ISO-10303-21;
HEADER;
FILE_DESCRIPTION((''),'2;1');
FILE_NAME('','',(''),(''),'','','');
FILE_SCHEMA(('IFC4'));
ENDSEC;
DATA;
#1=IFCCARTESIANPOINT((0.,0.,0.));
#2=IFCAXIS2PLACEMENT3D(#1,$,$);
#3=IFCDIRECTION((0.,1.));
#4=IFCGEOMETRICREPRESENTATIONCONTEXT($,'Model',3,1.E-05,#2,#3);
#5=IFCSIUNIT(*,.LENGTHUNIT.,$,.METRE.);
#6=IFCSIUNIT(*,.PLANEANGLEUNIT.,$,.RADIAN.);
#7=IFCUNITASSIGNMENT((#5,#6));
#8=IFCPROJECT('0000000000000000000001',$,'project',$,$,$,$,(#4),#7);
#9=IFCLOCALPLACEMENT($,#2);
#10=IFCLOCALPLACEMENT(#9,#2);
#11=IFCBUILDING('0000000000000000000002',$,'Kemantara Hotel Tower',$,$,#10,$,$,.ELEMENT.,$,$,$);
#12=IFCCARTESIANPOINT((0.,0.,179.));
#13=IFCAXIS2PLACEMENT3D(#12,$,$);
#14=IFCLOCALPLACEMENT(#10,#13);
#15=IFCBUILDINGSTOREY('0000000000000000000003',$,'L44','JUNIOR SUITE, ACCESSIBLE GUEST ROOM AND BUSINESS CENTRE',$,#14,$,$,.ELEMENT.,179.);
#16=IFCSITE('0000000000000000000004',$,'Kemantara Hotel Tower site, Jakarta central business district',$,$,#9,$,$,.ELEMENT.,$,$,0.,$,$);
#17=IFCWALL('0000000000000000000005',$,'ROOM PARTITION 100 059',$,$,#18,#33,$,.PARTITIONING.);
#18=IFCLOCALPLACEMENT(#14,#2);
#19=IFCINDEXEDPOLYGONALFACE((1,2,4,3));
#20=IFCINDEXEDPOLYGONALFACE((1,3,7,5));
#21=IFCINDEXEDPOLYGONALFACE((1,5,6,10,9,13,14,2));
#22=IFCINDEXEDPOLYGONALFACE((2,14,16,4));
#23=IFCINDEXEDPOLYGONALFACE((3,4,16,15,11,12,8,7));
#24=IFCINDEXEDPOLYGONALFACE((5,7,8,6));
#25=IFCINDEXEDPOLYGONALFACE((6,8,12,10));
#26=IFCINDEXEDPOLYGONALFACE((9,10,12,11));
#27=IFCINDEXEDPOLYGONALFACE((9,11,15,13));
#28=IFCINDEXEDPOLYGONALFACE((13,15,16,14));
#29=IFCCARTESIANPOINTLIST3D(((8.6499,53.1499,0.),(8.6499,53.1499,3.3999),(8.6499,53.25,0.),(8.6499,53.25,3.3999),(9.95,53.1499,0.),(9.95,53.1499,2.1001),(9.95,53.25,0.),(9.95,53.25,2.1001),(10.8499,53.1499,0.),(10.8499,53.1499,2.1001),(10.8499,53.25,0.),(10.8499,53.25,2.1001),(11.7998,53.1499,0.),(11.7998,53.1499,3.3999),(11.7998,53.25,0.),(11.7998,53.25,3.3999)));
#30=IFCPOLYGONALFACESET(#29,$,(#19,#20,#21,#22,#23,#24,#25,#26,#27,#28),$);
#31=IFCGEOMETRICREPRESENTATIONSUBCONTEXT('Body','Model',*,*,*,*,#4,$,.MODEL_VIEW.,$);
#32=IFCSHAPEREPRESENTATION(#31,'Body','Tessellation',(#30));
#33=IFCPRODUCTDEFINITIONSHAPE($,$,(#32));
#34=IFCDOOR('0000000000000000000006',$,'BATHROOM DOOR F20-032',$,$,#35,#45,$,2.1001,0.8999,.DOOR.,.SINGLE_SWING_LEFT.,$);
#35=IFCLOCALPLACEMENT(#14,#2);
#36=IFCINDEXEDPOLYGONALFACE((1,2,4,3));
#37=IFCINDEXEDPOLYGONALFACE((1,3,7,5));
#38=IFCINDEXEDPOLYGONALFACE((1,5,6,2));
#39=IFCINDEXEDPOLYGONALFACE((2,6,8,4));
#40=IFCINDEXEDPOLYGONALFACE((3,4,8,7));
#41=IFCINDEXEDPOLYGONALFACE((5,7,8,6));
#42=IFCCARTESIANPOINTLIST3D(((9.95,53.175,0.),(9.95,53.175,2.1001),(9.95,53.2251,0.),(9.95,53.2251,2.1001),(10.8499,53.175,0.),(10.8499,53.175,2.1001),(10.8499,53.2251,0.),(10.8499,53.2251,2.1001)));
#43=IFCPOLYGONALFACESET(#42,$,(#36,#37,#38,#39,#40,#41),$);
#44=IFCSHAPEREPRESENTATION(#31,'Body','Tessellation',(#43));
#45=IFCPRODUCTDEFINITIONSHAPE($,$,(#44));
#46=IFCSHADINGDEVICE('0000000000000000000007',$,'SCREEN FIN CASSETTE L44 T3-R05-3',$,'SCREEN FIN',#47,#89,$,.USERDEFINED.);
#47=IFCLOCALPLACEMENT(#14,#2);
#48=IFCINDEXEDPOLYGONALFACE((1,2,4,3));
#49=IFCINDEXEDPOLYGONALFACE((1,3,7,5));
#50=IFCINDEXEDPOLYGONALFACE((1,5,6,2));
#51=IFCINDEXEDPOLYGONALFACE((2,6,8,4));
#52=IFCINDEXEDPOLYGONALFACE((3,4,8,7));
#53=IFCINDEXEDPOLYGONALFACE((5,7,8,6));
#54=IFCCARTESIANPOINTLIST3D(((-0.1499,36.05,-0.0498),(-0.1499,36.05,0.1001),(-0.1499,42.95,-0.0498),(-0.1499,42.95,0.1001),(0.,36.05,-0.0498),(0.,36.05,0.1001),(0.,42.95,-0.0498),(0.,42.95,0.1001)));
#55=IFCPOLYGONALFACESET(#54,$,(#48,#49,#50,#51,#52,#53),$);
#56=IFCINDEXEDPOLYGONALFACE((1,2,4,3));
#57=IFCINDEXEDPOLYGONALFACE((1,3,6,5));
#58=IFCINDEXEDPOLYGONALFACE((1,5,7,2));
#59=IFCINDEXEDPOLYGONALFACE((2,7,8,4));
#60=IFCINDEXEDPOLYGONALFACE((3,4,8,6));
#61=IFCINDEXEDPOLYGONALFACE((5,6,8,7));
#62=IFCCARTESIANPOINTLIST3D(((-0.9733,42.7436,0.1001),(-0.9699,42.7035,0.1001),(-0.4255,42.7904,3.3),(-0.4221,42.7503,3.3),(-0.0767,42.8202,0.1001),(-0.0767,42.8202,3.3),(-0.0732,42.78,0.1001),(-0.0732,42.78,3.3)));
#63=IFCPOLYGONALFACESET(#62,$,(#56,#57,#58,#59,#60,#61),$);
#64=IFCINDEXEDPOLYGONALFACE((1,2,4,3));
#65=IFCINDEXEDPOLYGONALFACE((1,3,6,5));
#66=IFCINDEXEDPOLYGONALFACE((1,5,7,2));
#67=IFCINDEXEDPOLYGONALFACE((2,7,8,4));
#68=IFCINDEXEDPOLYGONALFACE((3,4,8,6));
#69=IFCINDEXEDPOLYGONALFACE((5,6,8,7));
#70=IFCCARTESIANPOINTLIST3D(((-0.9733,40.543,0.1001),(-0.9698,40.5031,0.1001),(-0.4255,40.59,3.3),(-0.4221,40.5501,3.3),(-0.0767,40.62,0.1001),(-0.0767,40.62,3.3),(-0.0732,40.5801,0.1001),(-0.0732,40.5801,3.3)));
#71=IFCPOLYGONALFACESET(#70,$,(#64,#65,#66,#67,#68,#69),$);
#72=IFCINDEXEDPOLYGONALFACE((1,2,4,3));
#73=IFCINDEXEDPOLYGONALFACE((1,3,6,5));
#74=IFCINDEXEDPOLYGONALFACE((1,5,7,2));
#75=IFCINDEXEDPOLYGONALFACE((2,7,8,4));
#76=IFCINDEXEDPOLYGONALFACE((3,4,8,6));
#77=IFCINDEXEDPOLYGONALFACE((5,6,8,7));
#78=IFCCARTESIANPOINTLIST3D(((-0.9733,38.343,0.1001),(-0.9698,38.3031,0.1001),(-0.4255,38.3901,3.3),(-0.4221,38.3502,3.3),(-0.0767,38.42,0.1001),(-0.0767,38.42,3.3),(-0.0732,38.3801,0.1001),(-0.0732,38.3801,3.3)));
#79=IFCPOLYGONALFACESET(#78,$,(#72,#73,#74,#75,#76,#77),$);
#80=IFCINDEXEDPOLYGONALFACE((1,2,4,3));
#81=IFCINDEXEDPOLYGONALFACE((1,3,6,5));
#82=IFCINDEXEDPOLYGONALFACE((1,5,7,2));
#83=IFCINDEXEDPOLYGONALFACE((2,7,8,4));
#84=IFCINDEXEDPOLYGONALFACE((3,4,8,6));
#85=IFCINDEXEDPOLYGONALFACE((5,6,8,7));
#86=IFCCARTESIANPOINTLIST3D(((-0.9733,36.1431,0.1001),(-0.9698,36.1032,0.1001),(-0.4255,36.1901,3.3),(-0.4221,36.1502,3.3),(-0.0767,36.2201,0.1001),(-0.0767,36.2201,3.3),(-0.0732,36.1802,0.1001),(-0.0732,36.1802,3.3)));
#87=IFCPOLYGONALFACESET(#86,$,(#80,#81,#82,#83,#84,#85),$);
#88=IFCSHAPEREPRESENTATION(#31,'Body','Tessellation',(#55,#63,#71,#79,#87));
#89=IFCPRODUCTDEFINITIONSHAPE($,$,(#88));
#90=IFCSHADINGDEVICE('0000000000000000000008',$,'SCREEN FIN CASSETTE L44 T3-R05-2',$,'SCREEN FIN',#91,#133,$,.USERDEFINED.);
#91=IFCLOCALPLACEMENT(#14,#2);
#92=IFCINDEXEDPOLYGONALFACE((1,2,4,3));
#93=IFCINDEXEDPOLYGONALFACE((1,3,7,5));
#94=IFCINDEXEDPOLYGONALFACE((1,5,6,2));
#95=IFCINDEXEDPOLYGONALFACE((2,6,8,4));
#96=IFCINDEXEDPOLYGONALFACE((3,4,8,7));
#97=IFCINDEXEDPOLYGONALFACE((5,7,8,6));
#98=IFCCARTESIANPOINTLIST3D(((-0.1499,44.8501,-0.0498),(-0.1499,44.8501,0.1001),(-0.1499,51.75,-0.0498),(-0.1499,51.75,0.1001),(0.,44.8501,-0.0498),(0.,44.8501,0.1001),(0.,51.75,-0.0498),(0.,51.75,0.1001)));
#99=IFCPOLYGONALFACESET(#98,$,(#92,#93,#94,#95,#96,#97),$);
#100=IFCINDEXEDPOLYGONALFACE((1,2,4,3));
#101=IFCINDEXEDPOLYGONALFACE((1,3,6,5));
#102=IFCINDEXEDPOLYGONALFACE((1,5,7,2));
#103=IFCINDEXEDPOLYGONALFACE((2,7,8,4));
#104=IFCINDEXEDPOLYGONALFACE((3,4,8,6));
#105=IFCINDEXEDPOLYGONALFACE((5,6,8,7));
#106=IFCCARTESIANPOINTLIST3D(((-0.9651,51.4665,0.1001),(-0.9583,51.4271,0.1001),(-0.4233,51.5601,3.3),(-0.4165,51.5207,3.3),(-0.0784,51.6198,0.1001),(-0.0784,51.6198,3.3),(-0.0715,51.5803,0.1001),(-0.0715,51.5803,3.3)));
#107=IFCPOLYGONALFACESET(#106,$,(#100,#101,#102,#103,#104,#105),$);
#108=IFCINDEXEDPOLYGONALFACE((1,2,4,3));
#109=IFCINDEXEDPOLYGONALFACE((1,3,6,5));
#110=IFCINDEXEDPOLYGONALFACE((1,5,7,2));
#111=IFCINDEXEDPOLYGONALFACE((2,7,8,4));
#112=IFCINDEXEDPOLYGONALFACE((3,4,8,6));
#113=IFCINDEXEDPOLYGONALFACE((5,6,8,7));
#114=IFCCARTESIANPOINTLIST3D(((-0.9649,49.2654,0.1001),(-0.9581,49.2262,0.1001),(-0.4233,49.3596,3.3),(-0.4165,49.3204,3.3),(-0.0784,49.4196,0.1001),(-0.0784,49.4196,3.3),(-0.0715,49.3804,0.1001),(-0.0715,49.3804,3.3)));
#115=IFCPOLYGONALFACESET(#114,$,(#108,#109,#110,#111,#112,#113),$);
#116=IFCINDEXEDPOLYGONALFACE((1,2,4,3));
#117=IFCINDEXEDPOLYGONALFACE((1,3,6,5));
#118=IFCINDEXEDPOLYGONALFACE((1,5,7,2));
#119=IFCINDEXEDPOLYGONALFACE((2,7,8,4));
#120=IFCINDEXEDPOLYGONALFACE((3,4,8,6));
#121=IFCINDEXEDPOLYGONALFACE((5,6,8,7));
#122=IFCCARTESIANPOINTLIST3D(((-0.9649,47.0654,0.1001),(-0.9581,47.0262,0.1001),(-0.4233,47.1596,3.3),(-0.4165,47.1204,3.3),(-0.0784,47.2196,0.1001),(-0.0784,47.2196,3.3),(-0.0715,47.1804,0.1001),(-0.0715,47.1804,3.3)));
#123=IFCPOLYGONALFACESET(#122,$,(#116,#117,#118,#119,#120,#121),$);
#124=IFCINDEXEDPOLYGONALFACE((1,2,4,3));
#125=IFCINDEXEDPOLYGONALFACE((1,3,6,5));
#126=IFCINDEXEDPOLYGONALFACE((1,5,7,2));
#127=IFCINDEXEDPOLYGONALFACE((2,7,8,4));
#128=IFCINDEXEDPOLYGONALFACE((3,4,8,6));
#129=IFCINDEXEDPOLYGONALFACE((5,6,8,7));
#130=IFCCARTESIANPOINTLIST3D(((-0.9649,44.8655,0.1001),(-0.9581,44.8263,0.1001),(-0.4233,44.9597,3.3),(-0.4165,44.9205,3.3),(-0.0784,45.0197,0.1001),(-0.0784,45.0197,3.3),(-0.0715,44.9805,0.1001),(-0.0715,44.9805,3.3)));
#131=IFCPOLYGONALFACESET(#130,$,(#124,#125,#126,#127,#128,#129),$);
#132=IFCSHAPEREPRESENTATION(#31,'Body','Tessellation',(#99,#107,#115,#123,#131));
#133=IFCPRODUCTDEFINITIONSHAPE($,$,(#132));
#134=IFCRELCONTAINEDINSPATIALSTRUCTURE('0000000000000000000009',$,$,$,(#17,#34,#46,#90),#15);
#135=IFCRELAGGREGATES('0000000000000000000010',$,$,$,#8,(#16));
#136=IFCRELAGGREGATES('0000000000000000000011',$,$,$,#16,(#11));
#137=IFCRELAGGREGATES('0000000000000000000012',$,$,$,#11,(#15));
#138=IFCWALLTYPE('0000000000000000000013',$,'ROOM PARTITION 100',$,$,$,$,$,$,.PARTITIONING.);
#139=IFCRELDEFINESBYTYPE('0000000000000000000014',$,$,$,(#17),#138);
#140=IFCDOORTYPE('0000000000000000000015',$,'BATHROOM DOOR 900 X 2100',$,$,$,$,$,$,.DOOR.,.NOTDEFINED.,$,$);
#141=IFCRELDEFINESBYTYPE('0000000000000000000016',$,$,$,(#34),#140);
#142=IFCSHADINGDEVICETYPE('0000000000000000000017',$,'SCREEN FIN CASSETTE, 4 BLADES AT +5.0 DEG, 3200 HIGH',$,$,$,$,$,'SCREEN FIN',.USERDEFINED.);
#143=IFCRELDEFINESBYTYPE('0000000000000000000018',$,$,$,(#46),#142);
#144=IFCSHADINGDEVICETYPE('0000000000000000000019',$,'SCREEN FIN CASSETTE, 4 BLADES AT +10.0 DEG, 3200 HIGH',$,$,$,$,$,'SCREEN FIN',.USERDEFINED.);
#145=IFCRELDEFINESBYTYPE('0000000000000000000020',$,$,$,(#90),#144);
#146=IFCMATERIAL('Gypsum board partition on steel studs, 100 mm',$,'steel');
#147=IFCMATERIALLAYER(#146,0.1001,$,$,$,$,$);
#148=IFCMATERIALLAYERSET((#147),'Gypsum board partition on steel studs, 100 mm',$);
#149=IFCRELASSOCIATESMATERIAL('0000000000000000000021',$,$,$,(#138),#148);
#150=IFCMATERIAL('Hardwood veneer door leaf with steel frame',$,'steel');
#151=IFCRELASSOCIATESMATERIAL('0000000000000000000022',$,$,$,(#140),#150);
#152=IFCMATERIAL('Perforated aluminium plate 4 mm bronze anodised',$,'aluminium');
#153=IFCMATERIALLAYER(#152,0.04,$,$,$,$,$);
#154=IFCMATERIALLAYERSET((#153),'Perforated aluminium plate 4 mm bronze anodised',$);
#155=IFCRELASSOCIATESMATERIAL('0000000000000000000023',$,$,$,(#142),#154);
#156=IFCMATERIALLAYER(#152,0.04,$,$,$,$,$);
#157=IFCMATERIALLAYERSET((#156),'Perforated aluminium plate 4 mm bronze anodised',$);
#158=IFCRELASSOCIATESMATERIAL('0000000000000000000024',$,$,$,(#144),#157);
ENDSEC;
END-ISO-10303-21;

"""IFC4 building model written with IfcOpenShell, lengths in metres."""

from ifc_helpers import new_model, si_unit, direction, frame, frame_2d, origin, origin_2d, place, context, subcontext, project, spatial, polyline, rectangle, outline, extrude, source, transform, mapped, material, layer, layer_set, type_object, element, fill, save


model = new_model("IFC4")

# Units and contexts
model_context = context("Model", 3, precision=1e-05, world=origin(), true_north=direction((0.0, 1.0)))
body_context = subcontext(model_context, "Body", "Model", "MODEL_VIEW")
ifc_project = project(units=[si_unit("LENGTHUNIT", "METRE"), si_unit("PLANEANGLEUNIT", "RADIAN")], contexts=[model_context])

# Site, building, storey
site_placement = place(None, origin())
site = spatial("IfcSite", under=ifc_project, at=site_placement, Name="Kemantara Hotel Tower site, Jakarta central business district", CompositionType="ELEMENT", RefElevation=0.0)
building_placement = place(site_placement, origin())
building = spatial("IfcBuilding", under=site, at=building_placement, Name="Kemantara Hotel Tower", CompositionType="ELEMENT")
storey_placement = place(building_placement, frame((0.0, 0.0, 179.0)))
storey = spatial("IfcBuildingStorey", under=building, at=storey_placement, Name="L44", Description="JUNIOR SUITE, ACCESSIBLE GUEST ROOM AND BUSINESS CENTRE", CompositionType="ELEMENT", Elevation=179.0)

# Shared definitions
ifc_material_1 = material(Name="Hardwood veneer door leaf with steel frame", Category="steel")

# Shared definitions
ifc_material_2 = material(Name="Gypsum board partition on steel studs, 100 mm", Category="steel")
ifc_layer_1 = layer(ifc_material_2, 0.1001)
ifc_layer_set_1 = layer_set([ifc_layer_1], Name="Gypsum board partition on steel studs, 100 mm")
wall_type_1 = type_object("IfcWallType", Name="ROOM PARTITION 100", PredefinedType="PARTITIONING", material=ifc_layer_set_1)

# Shared definitions
door_type_1 = type_object("IfcDoorType", Name="BATHROOM DOOR 900 X 2100", OperationType="NOTDEFINED", PredefinedType="DOOR", material=ifc_material_1)

# Wall, opening, door
wall_1_placement = place(storey_placement, frame((11.7998, 53.2, 0.0), z_axis=(0.0, 0.0, 1.0), x_axis=(-1.0, 0.0, 0.0)))
wall_1 = element("IfcWall", 1, at=wall_1_placement, inside=storey, type_object=wall_type_1, Name="ROOM PARTITION 100 059", PredefinedType="PARTITIONING", context=body_context, shape_type="SweptSolid", body=[
    extrude(rectangle(XDim=3.1499, YDim=0.1001, at=frame_2d((1.575, 0.0))), origin(), (0.0, 0.0, 1.0), 3.3999),
])
opening_1_placement = place(wall_1_placement, frame((0.95, 0.0, 0.0)))
opening_1 = element("IfcOpeningElement", 2, at=opening_1_placement, cuts=wall_1, PredefinedType="OPENING", context=body_context, shape_type="SweptSolid", body=[
    extrude(rectangle(XDim=0.8999, YDim=2.1001, at=frame_2d((0.45, 1.05))), frame((0.0, 0.0601, 0.0), z_axis=(0.0, -1.0, 0.0), x_axis=(1.0, 0.0, 0.0)), (0.0, 0.0, 1.0), 0.1201),
])
door_1_placement = place(opening_1_placement, origin())
door_1 = element("IfcDoor", 3, at=door_1_placement, inside=storey, type_object=door_type_1, Name="BATHROOM DOOR F20-032", OperationType="SINGLE_SWING_LEFT", OverallHeight=2.1001, OverallWidth=0.8999, PredefinedType="DOOR", context=body_context, shape_type="SweptSolid", body=[
    extrude(rectangle(XDim=0.8999, YDim=2.1001, at=frame_2d((0.45, 1.05))), frame((0.0, 0.0249, 0.0), z_axis=(0.0, -1.0, 0.0), x_axis=(1.0, 0.0, 0.0)), (0.0, 0.0, 1.0), 0.05),
])
fill(opening_1, door_1)

# Shading devices
ifc_material_3 = material(Name="Perforated aluminium plate 4 mm bronze anodised", Category="aluminium")
ifc_layer_2 = layer(ifc_material_3, 0.04)
ifc_layer_set_2 = layer_set([ifc_layer_2], Name="Perforated aluminium plate 4 mm bronze anodised")
shading_device_type_1 = type_object("IfcShadingDeviceType", Name="SCREEN FIN CASSETTE, 4 BLADES AT +5.0 DEG, 3200 HIGH", ElementType="SCREEN FIN", PredefinedType="USERDEFINED", material=ifc_layer_set_2)
shared_shape_1 = source(origin(), body_context, "Body", "SweptSolid", [
    extrude(rectangle(XDim=6.8999, YDim=0.1499, at=origin_2d()), frame((3.3, -0.075, -0.1499), z_axis=(0.0, 0.0, 1.0), x_axis=(1.0, 0.0, 0.0)), (0.0, 0.0, 1.0), 0.1499),
    extrude(outline(polyline([(0.0, 0.0), (0.8999, 0.0), (0.3501, 3.2), (0.0, 3.2), (0.0, 0.0)])), frame((0.02, -0.0732, 0.0), z_axis=(-0.996376, -0.085056, 0.0), x_axis=(0.085056, -0.996376, 0.0)), (0.0, 0.0, 1.0), 0.0403),
    extrude(outline(polyline([(0.0, 0.0), (0.8999, 0.0), (0.3501, 3.2), (0.0, 3.2), (0.0, 0.0)])), frame((2.22, -0.0732, 0.0), z_axis=(-0.996332, -0.085575, 0.0), x_axis=(0.085575, -0.996332, 0.0)), (0.0, 0.0, 1.0), 0.04),
    extrude(outline(polyline([(0.0, 0.0), (0.8999, 0.0), (0.3501, 3.2), (0.0, 3.2), (0.0, 0.0)])), frame((4.4199, -0.0732, 0.0), z_axis=(-0.996332, -0.085575, 0.0), x_axis=(0.085575, -0.996332, 0.0)), (0.0, 0.0, 1.0), 0.04),
    extrude(outline(polyline([(0.0, 0.0), (0.8999, 0.0), (0.3501, 3.2), (0.0, 3.2), (0.0, 0.0)])), frame((6.6199, -0.0732, 0.0), z_axis=(-0.996332, -0.085575, 0.0), x_axis=(0.085575, -0.996332, 0.0)), (0.0, 0.0, 1.0), 0.04),
])
shading_device_1_placement = place(storey_placement, frame((0.0, 42.8, 0.1001), z_axis=(0.0, 0.0, 1.0), x_axis=(0.0, -1.0, 0.0)))
element("IfcShadingDevice", 4, at=shading_device_1_placement, inside=storey, type_object=shading_device_type_1, Name="SCREEN FIN CASSETTE L44 T3-R05-3", ObjectType="SCREEN FIN", PredefinedType="USERDEFINED", context=body_context, shape_type="MappedRepresentation", body=[
    mapped(shared_shape_1, transform((0.0, 0.0, 0.0))),
])
ifc_layer_3 = layer(ifc_material_3, 0.04)
ifc_layer_set_3 = layer_set([ifc_layer_3], Name="Perforated aluminium plate 4 mm bronze anodised")
shading_device_type_2 = type_object("IfcShadingDeviceType", Name="SCREEN FIN CASSETTE, 4 BLADES AT +10.0 DEG, 3200 HIGH", ElementType="SCREEN FIN", PredefinedType="USERDEFINED", material=ifc_layer_set_3)
shared_shape_2 = source(origin(), body_context, "Body", "SweptSolid", [
    extrude(rectangle(XDim=6.8999, YDim=0.1499, at=origin_2d()), frame((3.3, -0.075, -0.1499), z_axis=(0.0, 0.0, 1.0), x_axis=(1.0, 0.0, 0.0)), (0.0, 0.0, 1.0), 0.1499),
    extrude(outline(polyline([(0.0, 0.0), (0.8999, 0.0), (0.3501, 3.2), (0.0, 3.2), (0.0, 0.0)])), frame((0.0198, -0.0715, 0.0), z_axis=(-0.98539, -0.170314, 0.0), x_axis=(0.170314, -0.98539, 0.0)), (0.0, 0.0, 1.0), 0.04),
    extrude(outline(polyline([(0.0, 0.0), (0.8999, 0.0), (0.3501, 3.2), (0.0, 3.2), (0.0, 0.0)])), frame((2.2197, -0.0715, 0.0), z_axis=(-0.985212, -0.171341, 0.0), x_axis=(0.171341, -0.985212, 0.0)), (0.0, 0.0, 1.0), 0.0398),
    extrude(outline(polyline([(0.0, 0.0), (0.8999, 0.0), (0.3501, 3.2), (0.0, 3.2), (0.0, 0.0)])), frame((4.4197, -0.0715, 0.0), z_axis=(-0.985212, -0.171341, 0.0), x_axis=(0.171341, -0.985212, 0.0)), (0.0, 0.0, 1.0), 0.0398),
    extrude(outline(polyline([(0.0, 0.0), (0.8999, 0.0), (0.3501, 3.2), (0.0, 3.2), (0.0, 0.0)])), frame((6.6196, -0.0715, 0.0), z_axis=(-0.985212, -0.171341, 0.0), x_axis=(0.171341, -0.985212, 0.0)), (0.0, 0.0, 1.0), 0.0398),
])
shading_device_2_placement = place(storey_placement, frame((0.0, 51.6001, 0.1001), z_axis=(0.0, 0.0, 1.0), x_axis=(0.0, -1.0, 0.0)))
element("IfcShadingDevice", 5, at=shading_device_2_placement, inside=storey, type_object=shading_device_type_2, Name="SCREEN FIN CASSETTE L44 T3-R05-2", ObjectType="SCREEN FIN", PredefinedType="USERDEFINED", context=body_context, shape_type="MappedRepresentation", body=[
    mapped(shared_shape_2, transform((0.0, 0.0, 0.0))),
])

save(model, "model.ifc")
